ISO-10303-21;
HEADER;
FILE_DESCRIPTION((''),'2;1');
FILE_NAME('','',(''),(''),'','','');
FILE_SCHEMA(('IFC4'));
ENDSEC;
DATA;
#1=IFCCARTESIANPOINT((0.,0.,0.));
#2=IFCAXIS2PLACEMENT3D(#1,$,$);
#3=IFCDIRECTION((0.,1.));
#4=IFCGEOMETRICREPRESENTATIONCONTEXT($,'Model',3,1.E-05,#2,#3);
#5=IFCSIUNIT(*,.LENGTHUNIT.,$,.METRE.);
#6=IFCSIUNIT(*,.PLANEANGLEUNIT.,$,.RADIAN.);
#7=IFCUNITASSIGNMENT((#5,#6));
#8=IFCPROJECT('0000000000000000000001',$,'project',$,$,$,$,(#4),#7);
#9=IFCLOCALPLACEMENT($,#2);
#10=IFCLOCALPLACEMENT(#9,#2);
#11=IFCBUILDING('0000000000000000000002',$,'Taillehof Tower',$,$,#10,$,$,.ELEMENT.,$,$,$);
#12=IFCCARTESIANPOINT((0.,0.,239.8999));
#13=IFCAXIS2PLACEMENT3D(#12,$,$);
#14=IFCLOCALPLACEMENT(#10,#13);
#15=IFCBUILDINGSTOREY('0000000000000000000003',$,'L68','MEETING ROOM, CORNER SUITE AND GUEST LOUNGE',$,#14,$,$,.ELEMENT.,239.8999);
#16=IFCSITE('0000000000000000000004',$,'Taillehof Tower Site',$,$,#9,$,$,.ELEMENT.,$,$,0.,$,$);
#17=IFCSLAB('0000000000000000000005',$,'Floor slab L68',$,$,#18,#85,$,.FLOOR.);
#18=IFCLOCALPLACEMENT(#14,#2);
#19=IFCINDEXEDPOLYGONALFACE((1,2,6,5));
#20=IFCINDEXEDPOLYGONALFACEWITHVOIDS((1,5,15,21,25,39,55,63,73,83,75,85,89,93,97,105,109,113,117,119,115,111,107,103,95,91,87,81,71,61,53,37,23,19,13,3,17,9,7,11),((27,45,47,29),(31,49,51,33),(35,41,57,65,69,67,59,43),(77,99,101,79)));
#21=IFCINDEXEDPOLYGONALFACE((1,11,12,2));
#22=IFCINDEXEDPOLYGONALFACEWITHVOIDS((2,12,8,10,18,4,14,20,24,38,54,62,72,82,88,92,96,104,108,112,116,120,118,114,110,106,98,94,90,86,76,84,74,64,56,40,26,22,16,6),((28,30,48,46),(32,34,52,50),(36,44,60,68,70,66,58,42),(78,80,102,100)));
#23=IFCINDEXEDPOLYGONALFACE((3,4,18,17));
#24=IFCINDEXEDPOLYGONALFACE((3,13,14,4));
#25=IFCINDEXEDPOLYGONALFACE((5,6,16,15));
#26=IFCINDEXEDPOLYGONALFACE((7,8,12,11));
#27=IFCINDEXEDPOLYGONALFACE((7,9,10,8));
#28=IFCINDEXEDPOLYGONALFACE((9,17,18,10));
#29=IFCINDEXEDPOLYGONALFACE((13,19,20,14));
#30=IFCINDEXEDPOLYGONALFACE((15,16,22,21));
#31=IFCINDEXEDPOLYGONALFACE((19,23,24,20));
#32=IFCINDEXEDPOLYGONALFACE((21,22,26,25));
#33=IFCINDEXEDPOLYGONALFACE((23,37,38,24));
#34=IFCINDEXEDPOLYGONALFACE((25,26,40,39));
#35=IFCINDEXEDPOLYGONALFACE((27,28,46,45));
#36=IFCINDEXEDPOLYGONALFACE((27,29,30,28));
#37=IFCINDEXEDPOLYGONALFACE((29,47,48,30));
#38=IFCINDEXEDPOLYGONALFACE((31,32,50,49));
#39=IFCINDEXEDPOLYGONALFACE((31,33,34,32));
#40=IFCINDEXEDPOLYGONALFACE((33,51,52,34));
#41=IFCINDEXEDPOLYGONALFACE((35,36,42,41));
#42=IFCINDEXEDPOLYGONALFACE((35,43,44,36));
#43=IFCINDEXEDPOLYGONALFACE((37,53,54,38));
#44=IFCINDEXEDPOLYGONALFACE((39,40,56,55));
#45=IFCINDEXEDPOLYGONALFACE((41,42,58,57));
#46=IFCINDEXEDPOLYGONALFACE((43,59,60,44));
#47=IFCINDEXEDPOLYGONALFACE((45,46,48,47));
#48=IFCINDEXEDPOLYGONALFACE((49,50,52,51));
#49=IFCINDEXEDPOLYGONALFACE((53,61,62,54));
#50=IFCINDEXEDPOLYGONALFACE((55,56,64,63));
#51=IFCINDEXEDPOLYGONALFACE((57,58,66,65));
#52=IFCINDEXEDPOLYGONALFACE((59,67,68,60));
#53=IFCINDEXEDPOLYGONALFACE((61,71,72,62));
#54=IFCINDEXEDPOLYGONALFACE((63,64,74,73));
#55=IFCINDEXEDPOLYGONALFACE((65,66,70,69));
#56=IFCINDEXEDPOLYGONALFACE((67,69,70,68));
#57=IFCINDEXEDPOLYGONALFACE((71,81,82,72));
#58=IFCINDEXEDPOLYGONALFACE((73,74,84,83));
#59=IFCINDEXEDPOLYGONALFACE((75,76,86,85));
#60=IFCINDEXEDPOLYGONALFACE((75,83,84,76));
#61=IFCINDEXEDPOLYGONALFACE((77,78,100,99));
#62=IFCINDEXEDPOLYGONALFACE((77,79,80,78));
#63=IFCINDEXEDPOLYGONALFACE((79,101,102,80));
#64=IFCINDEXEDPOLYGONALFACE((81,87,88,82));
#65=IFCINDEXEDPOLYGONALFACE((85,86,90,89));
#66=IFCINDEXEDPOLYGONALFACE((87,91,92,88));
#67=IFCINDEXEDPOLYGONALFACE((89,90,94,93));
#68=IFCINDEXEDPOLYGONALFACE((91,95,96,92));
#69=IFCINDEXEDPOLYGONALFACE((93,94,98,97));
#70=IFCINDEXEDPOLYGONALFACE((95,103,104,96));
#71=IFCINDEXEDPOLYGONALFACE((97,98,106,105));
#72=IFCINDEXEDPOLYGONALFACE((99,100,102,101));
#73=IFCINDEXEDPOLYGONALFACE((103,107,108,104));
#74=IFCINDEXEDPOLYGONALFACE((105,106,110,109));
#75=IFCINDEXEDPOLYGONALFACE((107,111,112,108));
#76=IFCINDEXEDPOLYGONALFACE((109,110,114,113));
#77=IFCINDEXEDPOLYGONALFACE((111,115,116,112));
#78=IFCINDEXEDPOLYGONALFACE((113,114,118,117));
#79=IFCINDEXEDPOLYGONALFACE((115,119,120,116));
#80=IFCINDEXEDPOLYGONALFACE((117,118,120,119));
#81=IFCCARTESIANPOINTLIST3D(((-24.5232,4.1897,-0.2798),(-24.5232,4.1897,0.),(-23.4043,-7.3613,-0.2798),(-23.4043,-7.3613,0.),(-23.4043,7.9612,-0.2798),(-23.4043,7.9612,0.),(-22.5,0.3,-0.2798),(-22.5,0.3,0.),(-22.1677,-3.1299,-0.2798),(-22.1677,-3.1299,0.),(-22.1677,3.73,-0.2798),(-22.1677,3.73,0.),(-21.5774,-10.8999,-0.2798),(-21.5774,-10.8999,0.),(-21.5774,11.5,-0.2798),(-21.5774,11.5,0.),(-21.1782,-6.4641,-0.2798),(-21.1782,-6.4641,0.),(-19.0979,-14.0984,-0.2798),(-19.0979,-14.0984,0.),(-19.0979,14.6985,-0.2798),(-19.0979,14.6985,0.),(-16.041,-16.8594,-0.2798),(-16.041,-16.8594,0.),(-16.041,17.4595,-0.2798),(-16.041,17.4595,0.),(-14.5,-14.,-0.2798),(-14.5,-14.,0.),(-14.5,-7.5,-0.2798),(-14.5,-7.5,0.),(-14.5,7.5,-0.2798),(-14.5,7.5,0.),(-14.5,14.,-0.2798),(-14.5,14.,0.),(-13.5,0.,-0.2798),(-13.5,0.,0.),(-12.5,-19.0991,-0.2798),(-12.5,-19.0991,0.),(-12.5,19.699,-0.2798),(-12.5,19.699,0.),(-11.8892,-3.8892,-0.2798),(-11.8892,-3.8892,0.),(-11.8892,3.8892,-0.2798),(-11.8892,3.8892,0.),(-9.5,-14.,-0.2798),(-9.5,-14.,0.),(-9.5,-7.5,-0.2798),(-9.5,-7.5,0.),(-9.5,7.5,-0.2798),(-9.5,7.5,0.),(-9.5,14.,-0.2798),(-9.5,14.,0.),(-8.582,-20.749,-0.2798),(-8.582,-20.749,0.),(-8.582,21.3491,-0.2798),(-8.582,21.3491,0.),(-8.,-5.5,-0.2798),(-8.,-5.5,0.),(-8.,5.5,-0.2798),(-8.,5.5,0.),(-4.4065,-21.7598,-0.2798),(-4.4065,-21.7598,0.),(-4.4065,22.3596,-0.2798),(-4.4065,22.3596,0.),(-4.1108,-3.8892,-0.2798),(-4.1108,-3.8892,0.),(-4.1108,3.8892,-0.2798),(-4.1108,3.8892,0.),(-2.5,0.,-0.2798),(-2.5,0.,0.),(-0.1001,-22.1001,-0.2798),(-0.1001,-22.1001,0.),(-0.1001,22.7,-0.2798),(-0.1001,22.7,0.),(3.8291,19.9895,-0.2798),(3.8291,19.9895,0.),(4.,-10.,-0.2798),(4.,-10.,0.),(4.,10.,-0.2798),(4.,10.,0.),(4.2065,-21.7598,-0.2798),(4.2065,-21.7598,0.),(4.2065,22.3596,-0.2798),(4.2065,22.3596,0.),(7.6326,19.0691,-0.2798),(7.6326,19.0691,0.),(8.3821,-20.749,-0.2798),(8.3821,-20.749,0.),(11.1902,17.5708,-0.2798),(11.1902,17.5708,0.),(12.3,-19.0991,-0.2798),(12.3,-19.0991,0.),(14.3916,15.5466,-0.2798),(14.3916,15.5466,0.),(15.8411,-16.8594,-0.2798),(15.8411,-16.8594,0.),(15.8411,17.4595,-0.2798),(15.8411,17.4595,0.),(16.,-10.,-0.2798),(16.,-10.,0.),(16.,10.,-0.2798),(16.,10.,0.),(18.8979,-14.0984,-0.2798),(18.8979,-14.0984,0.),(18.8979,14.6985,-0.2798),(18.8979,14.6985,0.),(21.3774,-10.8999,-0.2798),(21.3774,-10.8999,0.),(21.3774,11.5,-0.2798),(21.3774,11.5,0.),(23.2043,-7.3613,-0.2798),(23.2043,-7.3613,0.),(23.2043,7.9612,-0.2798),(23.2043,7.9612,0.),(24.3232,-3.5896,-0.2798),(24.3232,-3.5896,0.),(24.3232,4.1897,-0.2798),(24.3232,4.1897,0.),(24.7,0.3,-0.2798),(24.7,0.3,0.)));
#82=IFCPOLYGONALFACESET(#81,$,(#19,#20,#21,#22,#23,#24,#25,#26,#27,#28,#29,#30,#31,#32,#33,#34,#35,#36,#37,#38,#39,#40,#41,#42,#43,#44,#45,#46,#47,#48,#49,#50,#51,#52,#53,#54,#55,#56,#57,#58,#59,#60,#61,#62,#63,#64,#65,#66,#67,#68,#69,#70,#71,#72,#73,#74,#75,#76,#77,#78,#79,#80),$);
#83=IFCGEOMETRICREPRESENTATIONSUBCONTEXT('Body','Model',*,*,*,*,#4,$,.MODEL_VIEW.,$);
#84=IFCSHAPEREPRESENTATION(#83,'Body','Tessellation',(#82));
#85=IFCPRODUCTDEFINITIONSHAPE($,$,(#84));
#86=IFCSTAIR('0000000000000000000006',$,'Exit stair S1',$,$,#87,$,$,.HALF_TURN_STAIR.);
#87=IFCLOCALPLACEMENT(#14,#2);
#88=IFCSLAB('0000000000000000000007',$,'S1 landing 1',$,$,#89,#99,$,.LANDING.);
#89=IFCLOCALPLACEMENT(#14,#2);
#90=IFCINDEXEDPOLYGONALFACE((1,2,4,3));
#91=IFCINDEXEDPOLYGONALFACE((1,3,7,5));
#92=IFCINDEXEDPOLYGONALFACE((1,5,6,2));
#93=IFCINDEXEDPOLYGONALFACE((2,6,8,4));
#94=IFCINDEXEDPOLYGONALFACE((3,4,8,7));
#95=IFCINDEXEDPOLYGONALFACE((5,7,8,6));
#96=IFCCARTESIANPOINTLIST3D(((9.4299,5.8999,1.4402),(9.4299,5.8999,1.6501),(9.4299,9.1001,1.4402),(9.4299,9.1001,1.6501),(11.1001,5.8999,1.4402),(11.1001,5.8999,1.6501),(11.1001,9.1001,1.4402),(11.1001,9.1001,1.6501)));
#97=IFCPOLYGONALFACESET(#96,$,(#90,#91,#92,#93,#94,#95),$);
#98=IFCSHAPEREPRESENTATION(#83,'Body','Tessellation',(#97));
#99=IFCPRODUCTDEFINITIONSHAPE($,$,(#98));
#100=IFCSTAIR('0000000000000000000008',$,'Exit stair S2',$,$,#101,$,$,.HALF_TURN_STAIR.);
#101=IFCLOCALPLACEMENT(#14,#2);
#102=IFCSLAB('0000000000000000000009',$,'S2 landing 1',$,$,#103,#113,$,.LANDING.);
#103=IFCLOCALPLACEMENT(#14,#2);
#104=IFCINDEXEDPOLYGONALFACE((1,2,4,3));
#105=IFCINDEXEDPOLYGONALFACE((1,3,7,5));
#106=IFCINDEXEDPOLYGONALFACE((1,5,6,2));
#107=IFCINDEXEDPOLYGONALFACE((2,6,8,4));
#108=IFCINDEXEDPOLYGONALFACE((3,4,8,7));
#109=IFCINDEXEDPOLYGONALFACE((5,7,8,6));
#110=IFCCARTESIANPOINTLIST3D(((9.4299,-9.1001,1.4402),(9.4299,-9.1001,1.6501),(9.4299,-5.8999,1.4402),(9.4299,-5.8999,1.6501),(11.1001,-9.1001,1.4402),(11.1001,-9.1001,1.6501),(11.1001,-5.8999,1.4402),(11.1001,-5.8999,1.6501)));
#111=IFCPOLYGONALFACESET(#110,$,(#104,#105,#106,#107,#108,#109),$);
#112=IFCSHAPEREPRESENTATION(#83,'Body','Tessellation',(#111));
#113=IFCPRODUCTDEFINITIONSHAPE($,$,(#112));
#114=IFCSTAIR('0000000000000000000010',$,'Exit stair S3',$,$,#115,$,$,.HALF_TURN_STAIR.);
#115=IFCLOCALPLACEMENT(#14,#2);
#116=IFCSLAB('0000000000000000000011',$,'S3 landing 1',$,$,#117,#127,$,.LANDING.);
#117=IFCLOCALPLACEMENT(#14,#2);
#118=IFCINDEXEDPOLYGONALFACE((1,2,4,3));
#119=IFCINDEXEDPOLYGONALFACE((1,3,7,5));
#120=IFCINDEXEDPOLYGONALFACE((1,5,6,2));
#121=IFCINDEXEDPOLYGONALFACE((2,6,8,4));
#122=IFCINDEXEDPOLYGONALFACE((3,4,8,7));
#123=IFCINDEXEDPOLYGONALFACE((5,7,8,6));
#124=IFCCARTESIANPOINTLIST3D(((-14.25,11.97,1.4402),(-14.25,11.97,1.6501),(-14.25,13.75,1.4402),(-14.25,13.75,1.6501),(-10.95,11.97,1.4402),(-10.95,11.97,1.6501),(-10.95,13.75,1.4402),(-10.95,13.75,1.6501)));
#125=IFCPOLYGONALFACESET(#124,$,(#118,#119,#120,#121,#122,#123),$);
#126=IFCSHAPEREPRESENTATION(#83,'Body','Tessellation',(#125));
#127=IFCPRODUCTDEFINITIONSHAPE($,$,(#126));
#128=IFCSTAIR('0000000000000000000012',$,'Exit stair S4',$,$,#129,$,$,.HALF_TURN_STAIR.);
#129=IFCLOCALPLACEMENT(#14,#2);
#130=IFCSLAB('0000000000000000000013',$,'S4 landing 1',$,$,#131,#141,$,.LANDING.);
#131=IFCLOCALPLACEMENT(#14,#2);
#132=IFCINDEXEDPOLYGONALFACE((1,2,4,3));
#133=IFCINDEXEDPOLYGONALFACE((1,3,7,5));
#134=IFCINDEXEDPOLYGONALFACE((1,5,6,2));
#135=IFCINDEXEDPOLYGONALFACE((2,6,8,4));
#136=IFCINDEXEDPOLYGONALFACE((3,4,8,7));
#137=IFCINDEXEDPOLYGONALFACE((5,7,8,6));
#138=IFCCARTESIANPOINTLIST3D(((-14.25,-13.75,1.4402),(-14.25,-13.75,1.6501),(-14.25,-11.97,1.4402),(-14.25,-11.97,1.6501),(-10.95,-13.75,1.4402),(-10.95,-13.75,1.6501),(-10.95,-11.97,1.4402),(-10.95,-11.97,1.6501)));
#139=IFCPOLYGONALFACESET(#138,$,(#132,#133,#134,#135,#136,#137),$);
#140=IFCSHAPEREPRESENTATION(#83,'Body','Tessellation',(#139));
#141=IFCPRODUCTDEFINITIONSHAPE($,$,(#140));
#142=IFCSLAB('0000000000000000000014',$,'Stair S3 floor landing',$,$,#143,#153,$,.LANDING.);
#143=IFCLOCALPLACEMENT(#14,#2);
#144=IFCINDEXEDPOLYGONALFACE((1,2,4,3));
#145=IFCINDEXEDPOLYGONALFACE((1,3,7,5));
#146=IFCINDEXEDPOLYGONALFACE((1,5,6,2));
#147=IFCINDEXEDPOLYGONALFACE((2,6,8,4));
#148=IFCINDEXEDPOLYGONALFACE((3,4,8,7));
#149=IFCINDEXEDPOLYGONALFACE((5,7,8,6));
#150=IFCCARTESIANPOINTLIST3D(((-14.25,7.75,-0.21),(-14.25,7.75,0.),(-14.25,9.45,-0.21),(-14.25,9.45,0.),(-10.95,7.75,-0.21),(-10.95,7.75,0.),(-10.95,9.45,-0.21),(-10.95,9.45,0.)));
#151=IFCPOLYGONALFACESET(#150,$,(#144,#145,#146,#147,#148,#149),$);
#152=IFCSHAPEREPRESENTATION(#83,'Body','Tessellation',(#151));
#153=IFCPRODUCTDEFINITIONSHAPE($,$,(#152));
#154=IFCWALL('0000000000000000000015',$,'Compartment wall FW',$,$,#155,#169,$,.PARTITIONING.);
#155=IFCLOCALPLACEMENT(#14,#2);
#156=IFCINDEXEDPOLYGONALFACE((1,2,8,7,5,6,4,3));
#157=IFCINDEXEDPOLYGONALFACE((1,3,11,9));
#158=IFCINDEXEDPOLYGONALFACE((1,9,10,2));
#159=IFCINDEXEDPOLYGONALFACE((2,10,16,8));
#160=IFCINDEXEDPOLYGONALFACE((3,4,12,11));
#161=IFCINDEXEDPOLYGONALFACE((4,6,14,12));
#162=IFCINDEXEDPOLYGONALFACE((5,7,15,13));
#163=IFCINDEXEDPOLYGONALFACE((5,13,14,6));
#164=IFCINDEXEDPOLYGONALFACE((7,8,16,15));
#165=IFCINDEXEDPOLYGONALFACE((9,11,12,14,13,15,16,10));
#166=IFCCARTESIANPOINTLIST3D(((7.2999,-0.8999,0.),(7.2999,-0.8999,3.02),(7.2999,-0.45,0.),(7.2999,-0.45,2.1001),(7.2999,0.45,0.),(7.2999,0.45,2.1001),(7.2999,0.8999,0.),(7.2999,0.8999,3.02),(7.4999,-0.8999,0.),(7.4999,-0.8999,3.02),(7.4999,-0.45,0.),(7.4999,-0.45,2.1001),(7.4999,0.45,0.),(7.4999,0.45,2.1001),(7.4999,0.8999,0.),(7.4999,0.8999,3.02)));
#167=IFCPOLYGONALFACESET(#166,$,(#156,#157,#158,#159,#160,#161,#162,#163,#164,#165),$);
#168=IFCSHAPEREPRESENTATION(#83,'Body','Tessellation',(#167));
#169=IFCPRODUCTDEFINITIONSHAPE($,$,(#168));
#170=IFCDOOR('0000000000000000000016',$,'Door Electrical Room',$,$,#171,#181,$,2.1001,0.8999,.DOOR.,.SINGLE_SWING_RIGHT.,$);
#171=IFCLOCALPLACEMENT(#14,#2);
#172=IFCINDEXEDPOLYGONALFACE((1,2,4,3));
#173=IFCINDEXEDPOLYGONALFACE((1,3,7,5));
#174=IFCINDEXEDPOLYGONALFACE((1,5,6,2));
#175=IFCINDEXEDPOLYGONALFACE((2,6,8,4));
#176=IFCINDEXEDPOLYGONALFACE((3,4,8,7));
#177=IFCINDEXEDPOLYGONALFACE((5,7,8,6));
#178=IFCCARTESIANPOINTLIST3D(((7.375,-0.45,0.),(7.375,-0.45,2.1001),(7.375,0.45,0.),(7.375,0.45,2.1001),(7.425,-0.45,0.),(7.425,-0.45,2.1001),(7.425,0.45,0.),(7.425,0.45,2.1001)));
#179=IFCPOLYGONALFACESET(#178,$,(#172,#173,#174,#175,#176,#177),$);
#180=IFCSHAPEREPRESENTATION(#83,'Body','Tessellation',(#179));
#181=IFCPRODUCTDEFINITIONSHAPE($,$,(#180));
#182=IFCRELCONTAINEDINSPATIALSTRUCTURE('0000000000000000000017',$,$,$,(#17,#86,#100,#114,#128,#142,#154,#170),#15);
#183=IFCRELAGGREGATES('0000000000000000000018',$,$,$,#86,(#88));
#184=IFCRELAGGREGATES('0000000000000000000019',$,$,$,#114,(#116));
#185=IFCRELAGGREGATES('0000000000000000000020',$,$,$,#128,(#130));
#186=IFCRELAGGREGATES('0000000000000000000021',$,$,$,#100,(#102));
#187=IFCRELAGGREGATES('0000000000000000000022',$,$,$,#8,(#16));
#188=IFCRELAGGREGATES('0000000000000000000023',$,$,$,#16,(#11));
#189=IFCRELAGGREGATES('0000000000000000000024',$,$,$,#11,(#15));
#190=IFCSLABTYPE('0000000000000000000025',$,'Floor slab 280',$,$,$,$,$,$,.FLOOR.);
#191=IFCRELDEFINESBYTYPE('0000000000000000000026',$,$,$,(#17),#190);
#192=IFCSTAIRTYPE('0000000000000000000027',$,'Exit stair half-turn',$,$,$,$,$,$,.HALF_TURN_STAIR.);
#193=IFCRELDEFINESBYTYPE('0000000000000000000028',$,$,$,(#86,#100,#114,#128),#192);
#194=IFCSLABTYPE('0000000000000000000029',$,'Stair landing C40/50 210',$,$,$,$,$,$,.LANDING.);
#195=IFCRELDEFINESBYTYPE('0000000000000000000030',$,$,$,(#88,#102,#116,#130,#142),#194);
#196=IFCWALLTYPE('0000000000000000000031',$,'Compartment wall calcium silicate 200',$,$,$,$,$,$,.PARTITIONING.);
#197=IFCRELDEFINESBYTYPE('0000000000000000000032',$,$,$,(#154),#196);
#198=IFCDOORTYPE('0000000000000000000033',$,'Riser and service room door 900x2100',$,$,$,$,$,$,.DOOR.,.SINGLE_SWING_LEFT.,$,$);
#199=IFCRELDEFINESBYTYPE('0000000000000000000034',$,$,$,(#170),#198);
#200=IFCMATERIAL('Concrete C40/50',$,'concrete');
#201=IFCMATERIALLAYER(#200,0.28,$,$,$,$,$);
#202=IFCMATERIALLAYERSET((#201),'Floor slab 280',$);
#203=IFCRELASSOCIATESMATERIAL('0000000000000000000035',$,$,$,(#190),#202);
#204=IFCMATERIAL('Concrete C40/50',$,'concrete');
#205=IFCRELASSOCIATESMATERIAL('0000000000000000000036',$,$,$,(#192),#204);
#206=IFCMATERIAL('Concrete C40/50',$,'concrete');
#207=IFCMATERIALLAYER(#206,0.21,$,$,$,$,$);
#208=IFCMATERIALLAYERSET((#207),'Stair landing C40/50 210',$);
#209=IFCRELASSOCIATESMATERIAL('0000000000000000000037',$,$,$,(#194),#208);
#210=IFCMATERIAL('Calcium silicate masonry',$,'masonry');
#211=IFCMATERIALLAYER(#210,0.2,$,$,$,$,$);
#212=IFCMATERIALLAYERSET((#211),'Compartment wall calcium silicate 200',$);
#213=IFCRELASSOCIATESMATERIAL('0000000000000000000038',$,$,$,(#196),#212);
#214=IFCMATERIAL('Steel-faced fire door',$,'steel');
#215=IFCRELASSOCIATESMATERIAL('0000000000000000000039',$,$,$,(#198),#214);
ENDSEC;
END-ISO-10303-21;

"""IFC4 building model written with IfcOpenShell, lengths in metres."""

from ifc_helpers import new_model, si_unit, direction, frame, frame_2d, origin, place, context, subcontext, project, spatial, polyline, rectangle, outline, extrude, material, layer, layer_set, type_object, element, fill, aggregate, save


model = new_model("IFC4")

# Units and contexts
model_context = context("Model", 3, precision=1e-05, world=origin(), true_north=direction((0.0, 1.0)))
body_context = subcontext(model_context, "Body", "Model", "MODEL_VIEW")
ifc_project = project(units=[si_unit("LENGTHUNIT", "METRE"), si_unit("PLANEANGLEUNIT", "RADIAN")], contexts=[model_context])

# Site, building, storey
site_placement = place(None, origin())
site = spatial("IfcSite", under=ifc_project, at=site_placement, Name="Taillehof Tower Site", CompositionType="ELEMENT", RefElevation=0.0)
building_placement = place(site_placement, origin())
building = spatial("IfcBuilding", under=site, at=building_placement, Name="Taillehof Tower", CompositionType="ELEMENT")
storey_placement = place(building_placement, frame((0.0, 0.0, 239.8999)))
storey = spatial("IfcBuildingStorey", under=building, at=storey_placement, Name="L68", Description="MEETING ROOM, CORNER SUITE AND GUEST LOUNGE", CompositionType="ELEMENT", Elevation=239.8999)

# Slab
ifc_material_1 = material(Name="Concrete C40/50", Category="concrete")
ifc_layer_1 = layer(ifc_material_1, 0.28)
ifc_layer_set_1 = layer_set([ifc_layer_1], Name="Floor slab 280")
slab_type_1 = type_object("IfcSlabType", Name="Floor slab 280", PredefinedType="FLOOR", material=ifc_layer_set_1)
slab_1_placement = place(storey_placement, frame((0.0, 0.0, -0.2798)))
element("IfcSlab", 1, at=slab_1_placement, inside=storey, type_object=slab_type_1, Name="Floor slab L68", PredefinedType="FLOOR", context=body_context, shape_type="SweptSolid", body=[
    extrude(outline(polyline([(24.7, 0.3), (24.3232, 4.1897), (23.2043, 7.9612), (21.3774, 11.5), (18.8979, 14.6985), (15.8411, 17.4595), (14.3916, 15.5466), (11.1902, 17.5708), (7.6326, 19.0691), (3.8291, 19.9895), (4.2065, 22.3596), (-0.1001, 22.7), (-4.4065, 22.3596), (-8.582, 21.3491), (-12.5, 19.699), (-16.041, 17.4595), (-19.0979, 14.6985), (-21.5774, 11.5), (-23.4043, 7.9612), (-24.5232, 4.1897), (-22.1677, 3.73), (-22.5, 0.3), (-22.1677, -3.1299), (-21.1782, -6.4641), (-23.4043, -7.3613), (-21.5774, -10.8999), (-19.0979, -14.0984), (-16.041, -16.8594), (-12.5, -19.0991), (-8.582, -20.749), (-4.4065, -21.7598), (-0.1001, -22.1001), (4.2065, -21.7598), (8.3821, -20.749), (12.3, -19.0991), (15.8411, -16.8594), (18.8979, -14.0984), (21.3774, -10.8999), (23.2043, -7.3613), (24.3232, -3.5896), (24.7, 0.3)]), holes=[polyline([(-14.5, -7.5), (-9.5, -7.5), (-9.5, -14.0), (-14.5, -14.0), (-14.5, -7.5)]), polyline([(-8.0, -5.5), (-11.8892, -3.8892), (-13.5, 0.0), (-11.8892, 3.8892), (-8.0, 5.5), (-4.1108, 3.8892), (-2.5, 0.0), (-4.1108, -3.8892), (-8.0, -5.5)]), polyline([(16.0, 10.0), (16.0, -10.0), (4.0, -10.0), (4.0, 10.0), (16.0, 10.0)]), polyline([(-14.5, 14.0), (-9.5, 14.0), (-9.5, 7.5), (-14.5, 7.5), (-14.5, 14.0)])]), origin(), (0.0, 0.0, 1.0), 0.2798),
])

# Stairs, slabs
ifc_material_2 = material(Name="Concrete C40/50", Category="concrete")
stair_type = type_object("IfcStairType", Name="Exit stair half-turn", PredefinedType="HALF_TURN_STAIR", material=ifc_material_2)
stair_1_placement = place(storey_placement, origin())
stair_1 = element("IfcStair", 2, at=stair_1_placement, inside=storey, type_object=stair_type, Name="Exit stair S1", PredefinedType="HALF_TURN_STAIR")
ifc_material_3 = material(Name="Concrete C40/50", Category="concrete")
ifc_layer_2 = layer(ifc_material_3, 0.21)
ifc_layer_set_2 = layer_set([ifc_layer_2], Name="Stair landing C40/50 210")
slab_type_2 = type_object("IfcSlabType", Name="Stair landing C40/50 210", PredefinedType="LANDING", material=ifc_layer_set_2)
slab_2_placement = place(storey_placement, frame((0.0, 0.0, 1.4402)))
slab_2 = element("IfcSlab", 3, at=slab_2_placement, type_object=slab_type_2, Name="S1 landing 1", PredefinedType="LANDING", context=body_context, shape_type="SweptSolid", body=[
    extrude(outline(polyline([(9.4299, 5.8999), (11.1001, 5.8999), (11.1001, 9.1001), (9.4299, 9.1001), (9.4299, 5.8999)])), origin(), (0.0, 0.0, 1.0), 0.21),
])
aggregate(stair_1, [slab_2])
stair_2_placement = place(storey_placement, origin())
stair_2 = element("IfcStair", 4, at=stair_2_placement, inside=storey, type_object=stair_type, Name="Exit stair S2", PredefinedType="HALF_TURN_STAIR")
slab_3_placement = place(storey_placement, frame((0.0, 0.0, 1.4402)))
slab_3 = element("IfcSlab", 5, at=slab_3_placement, type_object=slab_type_2, Name="S2 landing 1", PredefinedType="LANDING", context=body_context, shape_type="SweptSolid", body=[
    extrude(outline(polyline([(9.4299, -5.8999), (11.1001, -5.8999), (11.1001, -9.1001), (9.4299, -9.1001), (9.4299, -5.8999)])), origin(), (0.0, 0.0, 1.0), 0.21),
])
stair_3_placement = place(storey_placement, origin())
stair_3 = element("IfcStair", 6, at=stair_3_placement, inside=storey, type_object=stair_type, Name="Exit stair S3", PredefinedType="HALF_TURN_STAIR")
slab_4_placement = place(storey_placement, frame((0.0, 0.0, 1.4402)))
slab_4 = element("IfcSlab", 7, at=slab_4_placement, type_object=slab_type_2, Name="S3 landing 1", PredefinedType="LANDING", context=body_context, shape_type="SweptSolid", body=[
    extrude(outline(polyline([(-14.25, 11.97), (-14.25, 13.75), (-10.95, 13.75), (-10.95, 11.97), (-14.25, 11.97)])), origin(), (0.0, 0.0, 1.0), 0.21),
])
aggregate(stair_3, [slab_4])
stair_4_placement = place(storey_placement, origin())
stair_4 = element("IfcStair", 8, at=stair_4_placement, inside=storey, type_object=stair_type, Name="Exit stair S4", PredefinedType="HALF_TURN_STAIR")
slab_5_placement = place(storey_placement, frame((0.0, 0.0, 1.4402)))
slab_5 = element("IfcSlab", 9, at=slab_5_placement, type_object=slab_type_2, Name="S4 landing 1", PredefinedType="LANDING", context=body_context, shape_type="SweptSolid", body=[
    extrude(outline(polyline([(-14.25, -11.97), (-14.25, -13.75), (-10.95, -13.75), (-10.95, -11.97), (-14.25, -11.97)])), origin(), (0.0, 0.0, 1.0), 0.21),
])
aggregate(stair_4, [slab_5])

# Slab
slab_6_placement = place(storey_placement, frame((0.0, 0.0, -0.21)))
element("IfcSlab", 10, at=slab_6_placement, inside=storey, type_object=slab_type_2, Name="Stair S3 floor landing", PredefinedType="LANDING", context=body_context, shape_type="SweptSolid", body=[
    extrude(outline(polyline([(-14.25, 7.75), (-14.25, 9.45), (-10.95, 9.45), (-10.95, 7.75), (-14.25, 7.75)])), origin(), (0.0, 0.0, 1.0), 0.21),
])

# Wall, opening, door
ifc_material_4 = material(Name="Calcium silicate masonry", Category="masonry")
ifc_layer_3 = layer(ifc_material_4, 0.2)
ifc_layer_set_3 = layer_set([ifc_layer_3], Name="Compartment wall calcium silicate 200")
wall_type_1 = type_object("IfcWallType", Name="Compartment wall calcium silicate 200", PredefinedType="PARTITIONING", material=ifc_layer_set_3)
wall_1_placement = place(storey_placement, frame((7.3999, -0.8999, 0.0), z_axis=(0.0, 0.0, 1.0), x_axis=(0.0, 1.0, 0.0)))
wall_1 = element("IfcWall", 11, at=wall_1_placement, inside=storey, type_object=wall_type_1, Name="Compartment wall FW", PredefinedType="PARTITIONING", context=body_context, shape_type="SweptSolid", body=[
    extrude(rectangle(XDim=1.7998, YDim=0.2, at=frame_2d((0.8999, 0.0))), origin(), (0.0, 0.0, 1.0), 3.02),
])
opening_1_placement = place(wall_1_placement, frame((0.45, 0.0, 0.0)))
opening_1 = element("IfcOpeningElement", 12, at=opening_1_placement, cuts=wall_1, PredefinedType="OPENING", context=body_context, shape_type="SweptSolid", body=[
    extrude(rectangle(XDim=0.8999, YDim=2.1001, at=frame_2d((0.45, 1.05))), frame((0.0, 0.1099, 0.0), z_axis=(0.0, -1.0, 0.0), x_axis=(1.0, 0.0, 0.0)), (0.0, 0.0, 1.0), 0.22),
])
ifc_material_5 = material(Name="Steel-faced fire door", Category="steel")
door_type_1 = type_object("IfcDoorType", Name="Riser and service room door 900x2100", OperationType="SINGLE_SWING_LEFT", PredefinedType="DOOR", material=ifc_material_5)
door_1_placement = place(opening_1_placement, origin())
door_1 = element("IfcDoor", 13, at=door_1_placement, inside=storey, type_object=door_type_1, Name="Door Electrical Room", OperationType="SINGLE_SWING_RIGHT", OverallHeight=2.1001, OverallWidth=0.8999, PredefinedType="DOOR", context=body_context, shape_type="SweptSolid", body=[
    extrude(rectangle(XDim=0.8999, YDim=2.1001, at=frame_2d((0.45, 1.05))), frame((0.0, 0.0249, 0.0), z_axis=(0.0, -1.0, 0.0), x_axis=(1.0, 0.0, 0.0)), (0.0, 0.0, 1.0), 0.05),
])
fill(opening_1, door_1)

aggregate(stair_2, [slab_3])

save(model, "model.ifc")
